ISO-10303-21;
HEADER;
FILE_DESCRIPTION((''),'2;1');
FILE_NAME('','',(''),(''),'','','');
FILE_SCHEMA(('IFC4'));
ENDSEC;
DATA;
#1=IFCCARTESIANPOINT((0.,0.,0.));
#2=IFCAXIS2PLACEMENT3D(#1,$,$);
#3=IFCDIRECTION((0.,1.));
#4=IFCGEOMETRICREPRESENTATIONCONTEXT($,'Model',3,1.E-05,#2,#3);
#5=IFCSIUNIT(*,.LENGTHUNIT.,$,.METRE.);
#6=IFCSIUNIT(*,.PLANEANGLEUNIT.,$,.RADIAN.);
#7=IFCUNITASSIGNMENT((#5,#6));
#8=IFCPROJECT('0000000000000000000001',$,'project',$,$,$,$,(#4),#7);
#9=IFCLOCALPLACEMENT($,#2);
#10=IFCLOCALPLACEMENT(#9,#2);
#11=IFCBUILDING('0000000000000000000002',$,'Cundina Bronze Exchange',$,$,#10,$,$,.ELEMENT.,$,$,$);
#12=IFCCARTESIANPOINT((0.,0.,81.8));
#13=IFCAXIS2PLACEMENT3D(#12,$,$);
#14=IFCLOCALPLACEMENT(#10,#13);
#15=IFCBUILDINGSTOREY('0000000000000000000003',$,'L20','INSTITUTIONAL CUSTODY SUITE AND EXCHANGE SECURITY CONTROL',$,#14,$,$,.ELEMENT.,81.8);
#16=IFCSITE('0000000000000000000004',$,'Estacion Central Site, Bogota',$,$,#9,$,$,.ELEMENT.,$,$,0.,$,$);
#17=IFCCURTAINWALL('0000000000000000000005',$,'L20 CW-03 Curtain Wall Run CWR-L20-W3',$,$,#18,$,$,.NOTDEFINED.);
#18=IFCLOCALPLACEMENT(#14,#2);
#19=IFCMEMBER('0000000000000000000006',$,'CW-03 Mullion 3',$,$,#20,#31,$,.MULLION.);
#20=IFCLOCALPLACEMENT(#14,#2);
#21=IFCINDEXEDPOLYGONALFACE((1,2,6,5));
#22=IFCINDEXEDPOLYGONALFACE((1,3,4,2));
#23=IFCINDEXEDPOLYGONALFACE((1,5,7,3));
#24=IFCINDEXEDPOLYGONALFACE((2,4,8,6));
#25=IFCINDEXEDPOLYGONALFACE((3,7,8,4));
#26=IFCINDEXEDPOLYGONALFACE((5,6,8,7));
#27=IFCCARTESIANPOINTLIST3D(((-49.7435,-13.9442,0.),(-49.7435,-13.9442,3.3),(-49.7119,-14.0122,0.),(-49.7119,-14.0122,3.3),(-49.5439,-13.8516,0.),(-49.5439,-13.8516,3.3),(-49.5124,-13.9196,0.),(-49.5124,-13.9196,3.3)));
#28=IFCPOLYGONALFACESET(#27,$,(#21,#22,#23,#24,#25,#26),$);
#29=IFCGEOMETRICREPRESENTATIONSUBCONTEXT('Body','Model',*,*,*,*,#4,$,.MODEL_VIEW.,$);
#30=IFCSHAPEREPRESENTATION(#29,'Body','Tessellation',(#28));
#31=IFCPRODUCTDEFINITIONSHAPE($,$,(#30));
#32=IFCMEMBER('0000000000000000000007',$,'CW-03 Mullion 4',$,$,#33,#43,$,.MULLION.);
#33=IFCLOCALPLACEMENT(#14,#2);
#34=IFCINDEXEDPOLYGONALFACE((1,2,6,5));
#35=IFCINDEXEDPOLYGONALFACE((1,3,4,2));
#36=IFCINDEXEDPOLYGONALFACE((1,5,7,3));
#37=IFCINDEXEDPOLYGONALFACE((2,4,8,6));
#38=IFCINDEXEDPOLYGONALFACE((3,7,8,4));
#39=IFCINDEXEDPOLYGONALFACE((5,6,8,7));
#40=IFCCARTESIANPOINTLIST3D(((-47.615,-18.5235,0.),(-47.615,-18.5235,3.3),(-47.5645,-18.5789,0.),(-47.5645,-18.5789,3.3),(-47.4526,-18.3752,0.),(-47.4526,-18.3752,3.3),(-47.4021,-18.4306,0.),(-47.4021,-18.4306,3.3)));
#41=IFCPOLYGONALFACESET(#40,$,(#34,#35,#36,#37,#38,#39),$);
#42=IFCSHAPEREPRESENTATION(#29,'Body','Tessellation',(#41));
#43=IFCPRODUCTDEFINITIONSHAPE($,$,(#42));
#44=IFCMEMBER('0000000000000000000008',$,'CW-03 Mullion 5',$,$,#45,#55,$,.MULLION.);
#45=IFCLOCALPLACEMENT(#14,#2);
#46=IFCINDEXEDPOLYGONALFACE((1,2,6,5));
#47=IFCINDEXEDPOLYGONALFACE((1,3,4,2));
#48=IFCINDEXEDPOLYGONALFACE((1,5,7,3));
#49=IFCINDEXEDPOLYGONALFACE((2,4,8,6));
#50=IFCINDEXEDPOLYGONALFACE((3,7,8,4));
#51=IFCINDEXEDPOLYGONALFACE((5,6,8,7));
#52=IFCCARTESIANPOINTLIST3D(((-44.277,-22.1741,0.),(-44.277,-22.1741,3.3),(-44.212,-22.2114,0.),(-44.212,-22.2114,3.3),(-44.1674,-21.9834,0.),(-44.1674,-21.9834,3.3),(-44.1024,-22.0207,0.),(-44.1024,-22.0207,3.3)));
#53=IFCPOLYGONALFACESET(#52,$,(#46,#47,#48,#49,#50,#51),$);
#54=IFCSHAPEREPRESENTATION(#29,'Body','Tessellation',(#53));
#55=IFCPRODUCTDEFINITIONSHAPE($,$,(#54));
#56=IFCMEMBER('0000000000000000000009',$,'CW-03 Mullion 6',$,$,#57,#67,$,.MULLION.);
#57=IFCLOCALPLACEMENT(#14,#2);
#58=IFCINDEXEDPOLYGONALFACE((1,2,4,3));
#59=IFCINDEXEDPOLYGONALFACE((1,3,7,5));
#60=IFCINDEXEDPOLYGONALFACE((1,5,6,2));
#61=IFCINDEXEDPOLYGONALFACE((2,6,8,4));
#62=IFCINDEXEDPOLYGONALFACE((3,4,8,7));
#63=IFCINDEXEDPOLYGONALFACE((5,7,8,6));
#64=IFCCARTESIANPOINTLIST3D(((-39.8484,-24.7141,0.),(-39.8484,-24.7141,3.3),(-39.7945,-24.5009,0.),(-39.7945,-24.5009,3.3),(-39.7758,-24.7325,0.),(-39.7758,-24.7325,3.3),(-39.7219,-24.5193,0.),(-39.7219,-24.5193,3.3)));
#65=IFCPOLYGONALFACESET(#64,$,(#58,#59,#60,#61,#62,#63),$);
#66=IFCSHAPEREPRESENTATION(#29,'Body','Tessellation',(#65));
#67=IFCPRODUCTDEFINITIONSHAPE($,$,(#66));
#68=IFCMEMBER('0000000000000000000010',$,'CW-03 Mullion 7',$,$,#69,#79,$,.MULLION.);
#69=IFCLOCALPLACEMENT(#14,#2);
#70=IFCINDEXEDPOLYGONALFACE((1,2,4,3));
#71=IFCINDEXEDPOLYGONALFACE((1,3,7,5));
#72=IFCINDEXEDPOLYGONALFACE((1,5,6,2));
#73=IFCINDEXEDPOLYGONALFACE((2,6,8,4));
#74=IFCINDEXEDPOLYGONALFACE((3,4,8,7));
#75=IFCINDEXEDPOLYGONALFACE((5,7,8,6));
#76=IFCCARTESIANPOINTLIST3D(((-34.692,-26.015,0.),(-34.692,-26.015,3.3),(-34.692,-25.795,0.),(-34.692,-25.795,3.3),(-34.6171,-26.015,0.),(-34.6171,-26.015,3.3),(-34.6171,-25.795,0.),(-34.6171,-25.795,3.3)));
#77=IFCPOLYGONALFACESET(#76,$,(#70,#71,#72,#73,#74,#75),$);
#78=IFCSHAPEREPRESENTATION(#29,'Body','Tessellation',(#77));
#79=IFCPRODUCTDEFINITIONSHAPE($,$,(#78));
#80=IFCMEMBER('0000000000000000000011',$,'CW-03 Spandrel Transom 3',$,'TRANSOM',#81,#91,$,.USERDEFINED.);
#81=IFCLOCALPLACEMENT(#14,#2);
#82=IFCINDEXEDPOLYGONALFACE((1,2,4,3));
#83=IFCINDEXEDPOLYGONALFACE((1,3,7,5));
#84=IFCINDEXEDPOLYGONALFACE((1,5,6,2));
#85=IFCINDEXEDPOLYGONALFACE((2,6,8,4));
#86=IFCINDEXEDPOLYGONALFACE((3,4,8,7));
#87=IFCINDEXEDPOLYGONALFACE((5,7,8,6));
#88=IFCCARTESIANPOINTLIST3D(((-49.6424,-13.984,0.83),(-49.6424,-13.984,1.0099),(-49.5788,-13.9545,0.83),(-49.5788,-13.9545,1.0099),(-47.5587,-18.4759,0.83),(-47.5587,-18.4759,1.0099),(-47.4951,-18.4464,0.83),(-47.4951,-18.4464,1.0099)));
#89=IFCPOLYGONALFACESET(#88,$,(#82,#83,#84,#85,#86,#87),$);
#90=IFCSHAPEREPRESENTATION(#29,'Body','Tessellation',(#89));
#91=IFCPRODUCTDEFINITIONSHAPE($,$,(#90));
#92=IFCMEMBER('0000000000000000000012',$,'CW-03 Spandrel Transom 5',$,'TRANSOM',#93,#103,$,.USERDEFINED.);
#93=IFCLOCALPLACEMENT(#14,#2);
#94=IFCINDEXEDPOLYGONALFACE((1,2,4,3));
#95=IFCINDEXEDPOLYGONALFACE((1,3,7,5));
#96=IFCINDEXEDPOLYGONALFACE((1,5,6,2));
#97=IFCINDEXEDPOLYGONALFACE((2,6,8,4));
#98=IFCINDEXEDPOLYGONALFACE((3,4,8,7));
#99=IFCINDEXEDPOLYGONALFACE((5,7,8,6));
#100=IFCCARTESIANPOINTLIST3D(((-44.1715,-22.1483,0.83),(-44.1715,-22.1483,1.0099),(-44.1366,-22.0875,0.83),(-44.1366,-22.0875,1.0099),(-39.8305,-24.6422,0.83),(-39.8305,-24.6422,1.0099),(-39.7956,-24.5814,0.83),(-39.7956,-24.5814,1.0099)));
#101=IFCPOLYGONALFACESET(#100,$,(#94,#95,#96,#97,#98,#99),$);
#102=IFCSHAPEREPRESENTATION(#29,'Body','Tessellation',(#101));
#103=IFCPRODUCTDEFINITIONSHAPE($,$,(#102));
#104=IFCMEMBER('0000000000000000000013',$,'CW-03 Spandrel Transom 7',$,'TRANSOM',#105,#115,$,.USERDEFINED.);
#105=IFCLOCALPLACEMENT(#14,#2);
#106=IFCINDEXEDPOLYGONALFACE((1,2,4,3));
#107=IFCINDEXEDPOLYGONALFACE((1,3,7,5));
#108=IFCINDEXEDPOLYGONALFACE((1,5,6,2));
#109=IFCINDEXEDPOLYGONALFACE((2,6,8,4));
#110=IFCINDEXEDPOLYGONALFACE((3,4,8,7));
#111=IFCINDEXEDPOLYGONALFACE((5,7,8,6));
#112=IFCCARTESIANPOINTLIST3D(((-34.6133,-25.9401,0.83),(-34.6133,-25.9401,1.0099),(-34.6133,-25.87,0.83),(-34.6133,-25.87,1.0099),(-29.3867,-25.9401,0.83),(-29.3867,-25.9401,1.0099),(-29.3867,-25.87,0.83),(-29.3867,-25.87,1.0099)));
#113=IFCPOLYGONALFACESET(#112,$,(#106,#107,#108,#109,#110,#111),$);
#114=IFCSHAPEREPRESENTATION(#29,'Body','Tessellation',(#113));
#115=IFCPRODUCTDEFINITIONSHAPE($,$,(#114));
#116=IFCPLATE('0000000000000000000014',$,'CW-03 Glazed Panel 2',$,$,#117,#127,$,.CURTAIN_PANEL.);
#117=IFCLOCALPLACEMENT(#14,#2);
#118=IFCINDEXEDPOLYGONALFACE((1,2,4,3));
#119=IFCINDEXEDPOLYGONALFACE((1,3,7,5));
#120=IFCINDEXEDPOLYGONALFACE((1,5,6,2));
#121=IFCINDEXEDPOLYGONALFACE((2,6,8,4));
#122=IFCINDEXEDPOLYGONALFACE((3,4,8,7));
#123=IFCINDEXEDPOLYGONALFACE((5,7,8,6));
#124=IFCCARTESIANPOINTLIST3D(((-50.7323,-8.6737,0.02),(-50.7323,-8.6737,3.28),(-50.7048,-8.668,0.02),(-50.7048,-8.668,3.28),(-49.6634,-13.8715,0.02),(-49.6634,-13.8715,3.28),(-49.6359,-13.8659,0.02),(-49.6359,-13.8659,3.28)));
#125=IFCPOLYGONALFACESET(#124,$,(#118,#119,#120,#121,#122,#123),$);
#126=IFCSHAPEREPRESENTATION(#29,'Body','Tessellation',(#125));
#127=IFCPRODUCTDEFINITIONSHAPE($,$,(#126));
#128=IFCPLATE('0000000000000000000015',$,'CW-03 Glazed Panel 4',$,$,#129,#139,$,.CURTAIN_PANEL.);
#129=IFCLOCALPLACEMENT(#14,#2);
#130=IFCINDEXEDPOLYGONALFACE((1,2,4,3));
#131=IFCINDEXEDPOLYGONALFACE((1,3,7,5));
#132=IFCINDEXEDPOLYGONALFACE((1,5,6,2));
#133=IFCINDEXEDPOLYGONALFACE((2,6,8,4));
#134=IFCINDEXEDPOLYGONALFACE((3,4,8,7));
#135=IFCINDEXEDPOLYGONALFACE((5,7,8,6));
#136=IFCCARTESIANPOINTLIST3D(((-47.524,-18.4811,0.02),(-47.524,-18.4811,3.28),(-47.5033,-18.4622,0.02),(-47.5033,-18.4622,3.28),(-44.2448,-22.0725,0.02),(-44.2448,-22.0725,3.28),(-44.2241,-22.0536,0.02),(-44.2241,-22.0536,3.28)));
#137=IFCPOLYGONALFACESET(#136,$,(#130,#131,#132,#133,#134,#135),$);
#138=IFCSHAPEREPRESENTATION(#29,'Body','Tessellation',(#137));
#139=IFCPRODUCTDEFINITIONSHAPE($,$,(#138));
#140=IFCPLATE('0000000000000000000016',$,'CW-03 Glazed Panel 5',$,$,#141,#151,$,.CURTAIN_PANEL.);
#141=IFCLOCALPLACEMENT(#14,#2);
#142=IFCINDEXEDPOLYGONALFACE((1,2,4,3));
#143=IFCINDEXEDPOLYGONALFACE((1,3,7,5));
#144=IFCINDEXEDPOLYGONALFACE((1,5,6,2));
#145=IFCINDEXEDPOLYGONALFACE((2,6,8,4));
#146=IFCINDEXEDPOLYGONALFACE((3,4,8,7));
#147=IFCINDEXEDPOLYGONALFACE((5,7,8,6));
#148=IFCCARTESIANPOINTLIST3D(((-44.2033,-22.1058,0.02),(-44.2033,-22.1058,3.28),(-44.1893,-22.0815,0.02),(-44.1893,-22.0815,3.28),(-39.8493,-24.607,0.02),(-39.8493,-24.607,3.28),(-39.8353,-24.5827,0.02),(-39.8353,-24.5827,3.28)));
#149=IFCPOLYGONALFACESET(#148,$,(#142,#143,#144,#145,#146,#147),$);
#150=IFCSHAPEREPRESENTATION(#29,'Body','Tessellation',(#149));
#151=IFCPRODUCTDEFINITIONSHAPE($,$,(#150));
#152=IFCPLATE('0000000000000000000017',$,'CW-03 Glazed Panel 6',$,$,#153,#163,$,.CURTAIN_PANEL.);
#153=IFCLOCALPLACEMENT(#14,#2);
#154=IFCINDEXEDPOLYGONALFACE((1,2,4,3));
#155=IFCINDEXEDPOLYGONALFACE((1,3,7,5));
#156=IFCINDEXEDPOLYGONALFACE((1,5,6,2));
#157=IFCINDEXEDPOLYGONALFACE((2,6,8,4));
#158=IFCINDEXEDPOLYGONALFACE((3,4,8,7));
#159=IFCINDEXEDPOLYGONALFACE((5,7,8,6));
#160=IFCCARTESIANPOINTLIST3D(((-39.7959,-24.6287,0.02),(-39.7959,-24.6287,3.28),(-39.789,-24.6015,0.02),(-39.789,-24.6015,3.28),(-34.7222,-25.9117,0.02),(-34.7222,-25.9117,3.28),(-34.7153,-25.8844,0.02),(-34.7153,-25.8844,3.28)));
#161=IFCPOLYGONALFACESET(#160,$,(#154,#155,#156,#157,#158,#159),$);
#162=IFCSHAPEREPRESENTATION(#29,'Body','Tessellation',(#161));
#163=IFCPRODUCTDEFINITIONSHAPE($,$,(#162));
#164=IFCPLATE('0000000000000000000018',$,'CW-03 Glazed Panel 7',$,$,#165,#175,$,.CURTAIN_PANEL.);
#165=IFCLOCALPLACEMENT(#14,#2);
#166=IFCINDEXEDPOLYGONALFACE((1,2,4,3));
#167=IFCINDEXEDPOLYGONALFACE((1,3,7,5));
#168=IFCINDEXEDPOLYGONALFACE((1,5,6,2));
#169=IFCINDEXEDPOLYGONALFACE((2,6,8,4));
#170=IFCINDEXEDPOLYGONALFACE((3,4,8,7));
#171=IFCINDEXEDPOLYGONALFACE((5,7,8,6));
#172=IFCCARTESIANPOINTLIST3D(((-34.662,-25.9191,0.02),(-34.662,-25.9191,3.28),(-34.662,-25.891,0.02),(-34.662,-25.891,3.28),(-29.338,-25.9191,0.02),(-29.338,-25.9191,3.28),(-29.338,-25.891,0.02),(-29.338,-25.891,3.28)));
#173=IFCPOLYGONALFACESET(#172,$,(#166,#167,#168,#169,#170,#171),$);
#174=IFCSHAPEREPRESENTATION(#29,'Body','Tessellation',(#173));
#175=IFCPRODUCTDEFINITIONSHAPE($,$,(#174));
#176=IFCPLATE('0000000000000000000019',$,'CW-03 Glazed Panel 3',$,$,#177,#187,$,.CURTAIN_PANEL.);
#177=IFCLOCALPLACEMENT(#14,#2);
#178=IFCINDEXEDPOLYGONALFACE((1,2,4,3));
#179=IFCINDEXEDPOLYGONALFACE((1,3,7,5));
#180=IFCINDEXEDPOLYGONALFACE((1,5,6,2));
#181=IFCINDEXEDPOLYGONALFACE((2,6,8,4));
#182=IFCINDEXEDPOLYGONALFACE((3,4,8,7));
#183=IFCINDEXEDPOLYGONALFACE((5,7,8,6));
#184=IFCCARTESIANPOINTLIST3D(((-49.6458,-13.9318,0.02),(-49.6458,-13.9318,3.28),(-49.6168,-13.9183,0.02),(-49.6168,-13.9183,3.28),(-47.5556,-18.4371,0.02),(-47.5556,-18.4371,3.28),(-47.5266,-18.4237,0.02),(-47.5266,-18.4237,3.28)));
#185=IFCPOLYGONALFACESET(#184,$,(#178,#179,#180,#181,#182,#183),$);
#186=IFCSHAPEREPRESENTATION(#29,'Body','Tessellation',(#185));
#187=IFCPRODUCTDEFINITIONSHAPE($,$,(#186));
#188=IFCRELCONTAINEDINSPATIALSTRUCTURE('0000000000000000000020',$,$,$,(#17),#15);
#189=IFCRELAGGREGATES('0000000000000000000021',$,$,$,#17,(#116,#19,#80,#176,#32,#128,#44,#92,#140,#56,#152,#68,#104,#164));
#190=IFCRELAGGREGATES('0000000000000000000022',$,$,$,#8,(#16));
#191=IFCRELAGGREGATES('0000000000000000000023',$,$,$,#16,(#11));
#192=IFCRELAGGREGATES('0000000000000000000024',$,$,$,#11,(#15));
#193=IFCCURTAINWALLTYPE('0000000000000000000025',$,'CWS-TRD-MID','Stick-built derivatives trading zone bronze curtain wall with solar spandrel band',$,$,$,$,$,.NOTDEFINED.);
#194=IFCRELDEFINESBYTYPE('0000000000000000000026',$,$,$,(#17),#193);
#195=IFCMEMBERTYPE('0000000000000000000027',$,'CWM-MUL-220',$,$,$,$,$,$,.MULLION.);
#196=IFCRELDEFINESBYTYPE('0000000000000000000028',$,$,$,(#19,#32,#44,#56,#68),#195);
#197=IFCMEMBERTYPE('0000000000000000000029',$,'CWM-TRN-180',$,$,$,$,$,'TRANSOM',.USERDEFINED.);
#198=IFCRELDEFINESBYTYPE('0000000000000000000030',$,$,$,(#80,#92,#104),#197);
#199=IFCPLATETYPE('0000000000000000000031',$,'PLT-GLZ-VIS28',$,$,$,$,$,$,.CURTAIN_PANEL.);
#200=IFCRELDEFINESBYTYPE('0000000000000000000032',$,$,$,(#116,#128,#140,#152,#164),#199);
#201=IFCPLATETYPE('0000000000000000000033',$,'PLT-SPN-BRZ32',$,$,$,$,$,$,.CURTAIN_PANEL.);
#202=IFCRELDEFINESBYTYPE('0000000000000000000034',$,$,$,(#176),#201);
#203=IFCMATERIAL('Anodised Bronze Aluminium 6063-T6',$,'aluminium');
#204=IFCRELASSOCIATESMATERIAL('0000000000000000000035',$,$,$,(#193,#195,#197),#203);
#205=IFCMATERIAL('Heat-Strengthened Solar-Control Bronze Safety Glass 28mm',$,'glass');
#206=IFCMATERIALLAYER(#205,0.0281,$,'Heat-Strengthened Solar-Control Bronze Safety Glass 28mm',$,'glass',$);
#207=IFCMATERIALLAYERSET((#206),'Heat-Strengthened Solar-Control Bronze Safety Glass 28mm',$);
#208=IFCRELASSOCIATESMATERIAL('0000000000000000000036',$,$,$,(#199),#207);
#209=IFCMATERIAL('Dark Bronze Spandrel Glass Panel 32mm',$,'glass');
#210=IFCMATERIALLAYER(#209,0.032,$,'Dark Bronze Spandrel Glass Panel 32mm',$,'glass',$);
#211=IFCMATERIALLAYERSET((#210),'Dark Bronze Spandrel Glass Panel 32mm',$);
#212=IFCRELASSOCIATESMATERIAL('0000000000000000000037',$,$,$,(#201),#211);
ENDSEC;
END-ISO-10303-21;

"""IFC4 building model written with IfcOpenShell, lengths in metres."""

from ifc_helpers import new_model, si_unit, direction, frame, origin, origin_2d, place, context, subcontext, project, spatial, rectangle, extrude, material, layer, layer_set, material_profile, profile_set, type_object, element, aggregate, save


model = new_model("IFC4")

# Units and contexts
model_context = context("Model", 3, precision=1e-05, world=origin(), true_north=direction((0.0, 1.0)))
body_context = subcontext(model_context, "Body", "Model", "MODEL_VIEW")
ifc_project = project(units=[si_unit("LENGTHUNIT", "METRE"), si_unit("PLANEANGLEUNIT", "RADIAN")], contexts=[model_context])

# Site, building, storey
site_placement = place(None, origin())
site = spatial("IfcSite", under=ifc_project, at=site_placement, Name="Estacion Central Site, Bogota", CompositionType="ELEMENT", RefElevation=0.0)
building_placement = place(site_placement, origin())
building = spatial("IfcBuilding", under=site, at=building_placement, Name="Cundina Bronze Exchange", CompositionType="ELEMENT")
storey_placement = place(building_placement, frame((0.0, 0.0, 81.8)))
storey = spatial("IfcBuildingStorey", under=building, at=storey_placement, Name="L20", Description="INSTITUTIONAL CUSTODY SUITE AND EXCHANGE SECURITY CONTROL", CompositionType="ELEMENT", Elevation=81.8)

# Curtain wall, members, plates
ifc_material_1 = material(Name="Anodised Bronze Aluminium 6063-T6", Category="aluminium")
curtain_wall_type = type_object("IfcCurtainWallType", Name="CWS-TRD-MID", Description="Stick-built derivatives trading zone bronze curtain wall with solar spandrel band", PredefinedType="NOTDEFINED", material=ifc_material_1)
curtain_wall_placement = place(storey_placement, origin())
curtain_wall = element("IfcCurtainWall", 1, at=curtain_wall_placement, inside=storey, type_object=curtain_wall_type, Name="L20 CW-03 Curtain Wall Run CWR-L20-W3", PredefinedType="NOTDEFINED")
ifc_material_profile_1 = material_profile(ifc_material_1, rectangle(XDim=0.075, YDim=0.22, at=origin_2d()), Name="AL75X220", Category="aluminium")
ifc_profile_set_1 = profile_set([ifc_material_profile_1], Name="Anodised Bronze Aluminium 6063-T6")
member_type_1 = type_object("IfcMemberType", Name="CWM-MUL-220", PredefinedType="MULLION", material=ifc_profile_set_1)
member_1_placement = place(storey_placement, frame((-49.6279, -13.9319, 0.0), z_axis=(0.0, 0.0, 1.0), x_axis=(0.420877, -0.907117, 0.0)))
member_1 = element("IfcMember", 2, at=member_1_placement, type_object=member_type_1, Name="CW-03 Mullion 3", PredefinedType="MULLION", context=body_context, shape_type="SweptSolid", body=[
    extrude(rectangle(XDim=0.075, YDim=0.22, at=origin_2d()), origin(), (0.0, 0.0, 1.0), 3.3),
])
member_2_placement = place(storey_placement, frame((-47.5085, -18.4771, 0.0), z_axis=(0.0, 0.0, 1.0), x_axis=(0.674302, -0.738455, 0.0)))
member_2 = element("IfcMember", 3, at=member_2_placement, type_object=member_type_1, Name="CW-03 Mullion 4", PredefinedType="MULLION", context=body_context, shape_type="SweptSolid", body=[
    extrude(rectangle(XDim=0.075, YDim=0.22, at=origin_2d()), origin(), (0.0, 0.0, 1.0), 3.3),
])
member_3_placement = place(storey_placement, frame((-44.1897, -22.0974, 0.0), z_axis=(0.0, 0.0, 1.0), x_axis=(0.867071, -0.498185, 0.0)))
member_3 = element("IfcMember", 4, at=member_3_placement, type_object=member_type_1, Name="CW-03 Mullion 5", PredefinedType="MULLION", context=body_context, shape_type="SweptSolid", body=[
    extrude(rectangle(XDim=0.075, YDim=0.22, at=origin_2d()), origin(), (0.0, 0.0, 1.0), 3.3),
])
member_4_placement = place(storey_placement, frame((-39.7852, -24.6167, 0.0), z_axis=(0.0, 0.0, 1.0), x_axis=(0.969488, -0.245138, 0.0)))
member_4 = element("IfcMember", 5, at=member_4_placement, type_object=member_type_1, Name="CW-03 Mullion 6", PredefinedType="MULLION", context=body_context, shape_type="SweptSolid", body=[
    extrude(rectangle(XDim=0.075, YDim=0.22, at=origin_2d()), origin(), (0.0, 0.0, 1.0), 3.3),
])
member_5_placement = place(storey_placement, frame((-34.6545, -25.905, 0.0), z_axis=(0.0, 0.0, 1.0), x_axis=(1.0, 0.0, 0.0)))
member_5 = element("IfcMember", 6, at=member_5_placement, type_object=member_type_1, Name="CW-03 Mullion 7", PredefinedType="MULLION", context=body_context, shape_type="SweptSolid", body=[
    extrude(rectangle(XDim=0.075, YDim=0.22, at=origin_2d()), origin(), (0.0, 0.0, 1.0), 3.3),
])
ifc_material_profile_2 = material_profile(ifc_material_1, rectangle(XDim=0.0701, YDim=0.1799, at=origin_2d()), Name="AL70X180", Category="aluminium")
ifc_profile_set_2 = profile_set([ifc_material_profile_2], Name="Anodised Bronze Aluminium 6063-T6")
member_type_2 = type_object("IfcMemberType", Name="CWM-TRN-180", ElementType="TRANSOM", PredefinedType="USERDEFINED", material=ifc_profile_set_2)
member_6_placement = place(storey_placement, frame((-49.6106, -13.9692, 0.9199), z_axis=(0.420811, -0.907148, 0.0), x_axis=(0.907148, 0.420811, 0.0)))
member_6 = element("IfcMember", 7, at=member_6_placement, type_object=member_type_2, Name="CW-03 Spandrel Transom 3", ObjectType="TRANSOM", PredefinedType="USERDEFINED", context=body_context, shape_type="SweptSolid", body=[
    extrude(rectangle(XDim=0.0701, YDim=0.1799, at=origin_2d()), origin(), (0.0, 0.0, 1.0), 4.9517),
])
member_7_placement = place(storey_placement, frame((-44.1541, -22.1179, 0.9199), z_axis=(0.867097, -0.498139, 0.0), x_axis=(0.498139, 0.867097, 0.0)))
member_7 = element("IfcMember", 8, at=member_7_placement, type_object=member_type_2, Name="CW-03 Spandrel Transom 5", ObjectType="TRANSOM", PredefinedType="USERDEFINED", context=body_context, shape_type="SweptSolid", body=[
    extrude(rectangle(XDim=0.0701, YDim=0.1799, at=origin_2d()), origin(), (0.0, 0.0, 1.0), 5.0063),
])
member_8_placement = place(storey_placement, frame((-34.6133, -25.905, 0.9199), z_axis=(1.0, 0.0, 0.0), x_axis=(0.0, 1.0, 0.0)))
member_8 = element("IfcMember", 9, at=member_8_placement, type_object=member_type_2, Name="CW-03 Spandrel Transom 7", ObjectType="TRANSOM", PredefinedType="USERDEFINED", context=body_context, shape_type="SweptSolid", body=[
    extrude(rectangle(XDim=0.0701, YDim=0.1799, at=origin_2d()), origin(), (0.0, 0.0, 1.0), 5.2266),
])
ifc_material_2 = material(Name="Heat-Strengthened Solar-Control Bronze Safety Glass 28mm", Category="glass")
ifc_layer_1 = layer(ifc_material_2, 0.0281, Name="Heat-Strengthened Solar-Control Bronze Safety Glass 28mm", Category="glass")
ifc_layer_set_1 = layer_set([ifc_layer_1], Name="Heat-Strengthened Solar-Control Bronze Safety Glass 28mm")
plate_type_1 = type_object("IfcPlateType", Name="PLT-GLZ-VIS28", PredefinedType="CURTAIN_PANEL", material=ifc_layer_set_1)
plate_1_placement = place(storey_placement, frame((-50.1841, -11.2698, 0.02), z_axis=(0.0, 0.0, 1.0), x_axis=(0.20142, -0.979505, 0.0)))
plate_1 = element("IfcPlate", 10, at=plate_1_placement, type_object=plate_type_1, Name="CW-03 Glazed Panel 2", PredefinedType="CURTAIN_PANEL", context=body_context, shape_type="SweptSolid", body=[
    extrude(rectangle(XDim=5.3066, YDim=0.0281, at=origin_2d()), origin(), (0.0, 0.0, 1.0), 3.26),
])
plate_2_placement = place(storey_placement, frame((-45.874, -20.2673, 0.02), z_axis=(0.0, 0.0, 1.0), x_axis=(0.674277, -0.738479, 0.0)))
plate_2 = element("IfcPlate", 11, at=plate_2_placement, type_object=plate_type_1, Name="CW-03 Glazed Panel 4", PredefinedType="CURTAIN_PANEL", context=body_context, shape_type="SweptSolid", body=[
    extrude(rectangle(XDim=4.8633, YDim=0.0281, at=origin_2d()), origin(), (0.0, 0.0, 1.0), 3.26),
])
plate_3_placement = place(storey_placement, frame((-42.0193, -23.3442, 0.02), z_axis=(0.0, 0.0, 1.0), x_axis=(0.867105, -0.498125, 0.0)))
plate_3 = element("IfcPlate", 12, at=plate_3_placement, type_object=plate_type_1, Name="CW-03 Glazed Panel 5", PredefinedType="CURTAIN_PANEL", context=body_context, shape_type="SweptSolid", body=[
    extrude(rectangle(XDim=5.0212, YDim=0.0281, at=origin_2d()), origin(), (0.0, 0.0, 1.0), 3.26),
])
plate_4_placement = place(storey_placement, frame((-37.2556, -25.2566, 0.02), z_axis=(0.0, 0.0, 1.0), x_axis=(0.969488, -0.245138, 0.0)))
plate_4 = element("IfcPlate", 13, at=plate_4_placement, type_object=plate_type_1, Name="CW-03 Glazed Panel 6", PredefinedType="CURTAIN_PANEL", context=body_context, shape_type="SweptSolid", body=[
    extrude(rectangle(XDim=5.2334, YDim=0.0281, at=origin_2d()), origin(), (0.0, 0.0, 1.0), 3.26),
])
plate_5_placement = place(storey_placement, frame((-32.0, -25.905, 0.02), z_axis=(0.0, 0.0, 1.0), x_axis=(1.0, 0.0, 0.0)))
plate_5 = element("IfcPlate", 14, at=plate_5_placement, type_object=plate_type_1, Name="CW-03 Glazed Panel 7", PredefinedType="CURTAIN_PANEL", context=body_context, shape_type="SweptSolid", body=[
    extrude(rectangle(XDim=5.324, YDim=0.0281, at=origin_2d()), origin(), (0.0, 0.0, 1.0), 3.26),
])
ifc_material_3 = material(Name="Dark Bronze Spandrel Glass Panel 32mm", Category="glass")
ifc_layer_2 = layer(ifc_material_3, 0.032, Name="Dark Bronze Spandrel Glass Panel 32mm", Category="glass")
ifc_layer_set_2 = layer_set([ifc_layer_2], Name="Dark Bronze Spandrel Glass Panel 32mm")
plate_type_2 = type_object("IfcPlateType", Name="PLT-SPN-BRZ32", PredefinedType="CURTAIN_PANEL", material=ifc_layer_set_2)
plate_6_placement = place(storey_placement, frame((-48.5862, -16.1777, 0.02), z_axis=(0.0, 0.0, 1.0), x_axis=(0.420846, -0.907132, 0.0)))
plate_6 = element("IfcPlate", 15, at=plate_6_placement, type_object=plate_type_2, Name="CW-03 Glazed Panel 3", PredefinedType="CURTAIN_PANEL", context=body_context, shape_type="SweptSolid", body=[
    extrude(rectangle(XDim=4.9666, YDim=0.032, at=origin_2d()), origin(), (0.0, 0.0, 1.0), 3.26),
])
aggregate(curtain_wall, [plate_1, member_1, member_6, plate_6, member_2, plate_2, member_3, member_7, plate_3, member_4, plate_4, member_5, member_8, plate_5])

save(model, "model.ifc")
